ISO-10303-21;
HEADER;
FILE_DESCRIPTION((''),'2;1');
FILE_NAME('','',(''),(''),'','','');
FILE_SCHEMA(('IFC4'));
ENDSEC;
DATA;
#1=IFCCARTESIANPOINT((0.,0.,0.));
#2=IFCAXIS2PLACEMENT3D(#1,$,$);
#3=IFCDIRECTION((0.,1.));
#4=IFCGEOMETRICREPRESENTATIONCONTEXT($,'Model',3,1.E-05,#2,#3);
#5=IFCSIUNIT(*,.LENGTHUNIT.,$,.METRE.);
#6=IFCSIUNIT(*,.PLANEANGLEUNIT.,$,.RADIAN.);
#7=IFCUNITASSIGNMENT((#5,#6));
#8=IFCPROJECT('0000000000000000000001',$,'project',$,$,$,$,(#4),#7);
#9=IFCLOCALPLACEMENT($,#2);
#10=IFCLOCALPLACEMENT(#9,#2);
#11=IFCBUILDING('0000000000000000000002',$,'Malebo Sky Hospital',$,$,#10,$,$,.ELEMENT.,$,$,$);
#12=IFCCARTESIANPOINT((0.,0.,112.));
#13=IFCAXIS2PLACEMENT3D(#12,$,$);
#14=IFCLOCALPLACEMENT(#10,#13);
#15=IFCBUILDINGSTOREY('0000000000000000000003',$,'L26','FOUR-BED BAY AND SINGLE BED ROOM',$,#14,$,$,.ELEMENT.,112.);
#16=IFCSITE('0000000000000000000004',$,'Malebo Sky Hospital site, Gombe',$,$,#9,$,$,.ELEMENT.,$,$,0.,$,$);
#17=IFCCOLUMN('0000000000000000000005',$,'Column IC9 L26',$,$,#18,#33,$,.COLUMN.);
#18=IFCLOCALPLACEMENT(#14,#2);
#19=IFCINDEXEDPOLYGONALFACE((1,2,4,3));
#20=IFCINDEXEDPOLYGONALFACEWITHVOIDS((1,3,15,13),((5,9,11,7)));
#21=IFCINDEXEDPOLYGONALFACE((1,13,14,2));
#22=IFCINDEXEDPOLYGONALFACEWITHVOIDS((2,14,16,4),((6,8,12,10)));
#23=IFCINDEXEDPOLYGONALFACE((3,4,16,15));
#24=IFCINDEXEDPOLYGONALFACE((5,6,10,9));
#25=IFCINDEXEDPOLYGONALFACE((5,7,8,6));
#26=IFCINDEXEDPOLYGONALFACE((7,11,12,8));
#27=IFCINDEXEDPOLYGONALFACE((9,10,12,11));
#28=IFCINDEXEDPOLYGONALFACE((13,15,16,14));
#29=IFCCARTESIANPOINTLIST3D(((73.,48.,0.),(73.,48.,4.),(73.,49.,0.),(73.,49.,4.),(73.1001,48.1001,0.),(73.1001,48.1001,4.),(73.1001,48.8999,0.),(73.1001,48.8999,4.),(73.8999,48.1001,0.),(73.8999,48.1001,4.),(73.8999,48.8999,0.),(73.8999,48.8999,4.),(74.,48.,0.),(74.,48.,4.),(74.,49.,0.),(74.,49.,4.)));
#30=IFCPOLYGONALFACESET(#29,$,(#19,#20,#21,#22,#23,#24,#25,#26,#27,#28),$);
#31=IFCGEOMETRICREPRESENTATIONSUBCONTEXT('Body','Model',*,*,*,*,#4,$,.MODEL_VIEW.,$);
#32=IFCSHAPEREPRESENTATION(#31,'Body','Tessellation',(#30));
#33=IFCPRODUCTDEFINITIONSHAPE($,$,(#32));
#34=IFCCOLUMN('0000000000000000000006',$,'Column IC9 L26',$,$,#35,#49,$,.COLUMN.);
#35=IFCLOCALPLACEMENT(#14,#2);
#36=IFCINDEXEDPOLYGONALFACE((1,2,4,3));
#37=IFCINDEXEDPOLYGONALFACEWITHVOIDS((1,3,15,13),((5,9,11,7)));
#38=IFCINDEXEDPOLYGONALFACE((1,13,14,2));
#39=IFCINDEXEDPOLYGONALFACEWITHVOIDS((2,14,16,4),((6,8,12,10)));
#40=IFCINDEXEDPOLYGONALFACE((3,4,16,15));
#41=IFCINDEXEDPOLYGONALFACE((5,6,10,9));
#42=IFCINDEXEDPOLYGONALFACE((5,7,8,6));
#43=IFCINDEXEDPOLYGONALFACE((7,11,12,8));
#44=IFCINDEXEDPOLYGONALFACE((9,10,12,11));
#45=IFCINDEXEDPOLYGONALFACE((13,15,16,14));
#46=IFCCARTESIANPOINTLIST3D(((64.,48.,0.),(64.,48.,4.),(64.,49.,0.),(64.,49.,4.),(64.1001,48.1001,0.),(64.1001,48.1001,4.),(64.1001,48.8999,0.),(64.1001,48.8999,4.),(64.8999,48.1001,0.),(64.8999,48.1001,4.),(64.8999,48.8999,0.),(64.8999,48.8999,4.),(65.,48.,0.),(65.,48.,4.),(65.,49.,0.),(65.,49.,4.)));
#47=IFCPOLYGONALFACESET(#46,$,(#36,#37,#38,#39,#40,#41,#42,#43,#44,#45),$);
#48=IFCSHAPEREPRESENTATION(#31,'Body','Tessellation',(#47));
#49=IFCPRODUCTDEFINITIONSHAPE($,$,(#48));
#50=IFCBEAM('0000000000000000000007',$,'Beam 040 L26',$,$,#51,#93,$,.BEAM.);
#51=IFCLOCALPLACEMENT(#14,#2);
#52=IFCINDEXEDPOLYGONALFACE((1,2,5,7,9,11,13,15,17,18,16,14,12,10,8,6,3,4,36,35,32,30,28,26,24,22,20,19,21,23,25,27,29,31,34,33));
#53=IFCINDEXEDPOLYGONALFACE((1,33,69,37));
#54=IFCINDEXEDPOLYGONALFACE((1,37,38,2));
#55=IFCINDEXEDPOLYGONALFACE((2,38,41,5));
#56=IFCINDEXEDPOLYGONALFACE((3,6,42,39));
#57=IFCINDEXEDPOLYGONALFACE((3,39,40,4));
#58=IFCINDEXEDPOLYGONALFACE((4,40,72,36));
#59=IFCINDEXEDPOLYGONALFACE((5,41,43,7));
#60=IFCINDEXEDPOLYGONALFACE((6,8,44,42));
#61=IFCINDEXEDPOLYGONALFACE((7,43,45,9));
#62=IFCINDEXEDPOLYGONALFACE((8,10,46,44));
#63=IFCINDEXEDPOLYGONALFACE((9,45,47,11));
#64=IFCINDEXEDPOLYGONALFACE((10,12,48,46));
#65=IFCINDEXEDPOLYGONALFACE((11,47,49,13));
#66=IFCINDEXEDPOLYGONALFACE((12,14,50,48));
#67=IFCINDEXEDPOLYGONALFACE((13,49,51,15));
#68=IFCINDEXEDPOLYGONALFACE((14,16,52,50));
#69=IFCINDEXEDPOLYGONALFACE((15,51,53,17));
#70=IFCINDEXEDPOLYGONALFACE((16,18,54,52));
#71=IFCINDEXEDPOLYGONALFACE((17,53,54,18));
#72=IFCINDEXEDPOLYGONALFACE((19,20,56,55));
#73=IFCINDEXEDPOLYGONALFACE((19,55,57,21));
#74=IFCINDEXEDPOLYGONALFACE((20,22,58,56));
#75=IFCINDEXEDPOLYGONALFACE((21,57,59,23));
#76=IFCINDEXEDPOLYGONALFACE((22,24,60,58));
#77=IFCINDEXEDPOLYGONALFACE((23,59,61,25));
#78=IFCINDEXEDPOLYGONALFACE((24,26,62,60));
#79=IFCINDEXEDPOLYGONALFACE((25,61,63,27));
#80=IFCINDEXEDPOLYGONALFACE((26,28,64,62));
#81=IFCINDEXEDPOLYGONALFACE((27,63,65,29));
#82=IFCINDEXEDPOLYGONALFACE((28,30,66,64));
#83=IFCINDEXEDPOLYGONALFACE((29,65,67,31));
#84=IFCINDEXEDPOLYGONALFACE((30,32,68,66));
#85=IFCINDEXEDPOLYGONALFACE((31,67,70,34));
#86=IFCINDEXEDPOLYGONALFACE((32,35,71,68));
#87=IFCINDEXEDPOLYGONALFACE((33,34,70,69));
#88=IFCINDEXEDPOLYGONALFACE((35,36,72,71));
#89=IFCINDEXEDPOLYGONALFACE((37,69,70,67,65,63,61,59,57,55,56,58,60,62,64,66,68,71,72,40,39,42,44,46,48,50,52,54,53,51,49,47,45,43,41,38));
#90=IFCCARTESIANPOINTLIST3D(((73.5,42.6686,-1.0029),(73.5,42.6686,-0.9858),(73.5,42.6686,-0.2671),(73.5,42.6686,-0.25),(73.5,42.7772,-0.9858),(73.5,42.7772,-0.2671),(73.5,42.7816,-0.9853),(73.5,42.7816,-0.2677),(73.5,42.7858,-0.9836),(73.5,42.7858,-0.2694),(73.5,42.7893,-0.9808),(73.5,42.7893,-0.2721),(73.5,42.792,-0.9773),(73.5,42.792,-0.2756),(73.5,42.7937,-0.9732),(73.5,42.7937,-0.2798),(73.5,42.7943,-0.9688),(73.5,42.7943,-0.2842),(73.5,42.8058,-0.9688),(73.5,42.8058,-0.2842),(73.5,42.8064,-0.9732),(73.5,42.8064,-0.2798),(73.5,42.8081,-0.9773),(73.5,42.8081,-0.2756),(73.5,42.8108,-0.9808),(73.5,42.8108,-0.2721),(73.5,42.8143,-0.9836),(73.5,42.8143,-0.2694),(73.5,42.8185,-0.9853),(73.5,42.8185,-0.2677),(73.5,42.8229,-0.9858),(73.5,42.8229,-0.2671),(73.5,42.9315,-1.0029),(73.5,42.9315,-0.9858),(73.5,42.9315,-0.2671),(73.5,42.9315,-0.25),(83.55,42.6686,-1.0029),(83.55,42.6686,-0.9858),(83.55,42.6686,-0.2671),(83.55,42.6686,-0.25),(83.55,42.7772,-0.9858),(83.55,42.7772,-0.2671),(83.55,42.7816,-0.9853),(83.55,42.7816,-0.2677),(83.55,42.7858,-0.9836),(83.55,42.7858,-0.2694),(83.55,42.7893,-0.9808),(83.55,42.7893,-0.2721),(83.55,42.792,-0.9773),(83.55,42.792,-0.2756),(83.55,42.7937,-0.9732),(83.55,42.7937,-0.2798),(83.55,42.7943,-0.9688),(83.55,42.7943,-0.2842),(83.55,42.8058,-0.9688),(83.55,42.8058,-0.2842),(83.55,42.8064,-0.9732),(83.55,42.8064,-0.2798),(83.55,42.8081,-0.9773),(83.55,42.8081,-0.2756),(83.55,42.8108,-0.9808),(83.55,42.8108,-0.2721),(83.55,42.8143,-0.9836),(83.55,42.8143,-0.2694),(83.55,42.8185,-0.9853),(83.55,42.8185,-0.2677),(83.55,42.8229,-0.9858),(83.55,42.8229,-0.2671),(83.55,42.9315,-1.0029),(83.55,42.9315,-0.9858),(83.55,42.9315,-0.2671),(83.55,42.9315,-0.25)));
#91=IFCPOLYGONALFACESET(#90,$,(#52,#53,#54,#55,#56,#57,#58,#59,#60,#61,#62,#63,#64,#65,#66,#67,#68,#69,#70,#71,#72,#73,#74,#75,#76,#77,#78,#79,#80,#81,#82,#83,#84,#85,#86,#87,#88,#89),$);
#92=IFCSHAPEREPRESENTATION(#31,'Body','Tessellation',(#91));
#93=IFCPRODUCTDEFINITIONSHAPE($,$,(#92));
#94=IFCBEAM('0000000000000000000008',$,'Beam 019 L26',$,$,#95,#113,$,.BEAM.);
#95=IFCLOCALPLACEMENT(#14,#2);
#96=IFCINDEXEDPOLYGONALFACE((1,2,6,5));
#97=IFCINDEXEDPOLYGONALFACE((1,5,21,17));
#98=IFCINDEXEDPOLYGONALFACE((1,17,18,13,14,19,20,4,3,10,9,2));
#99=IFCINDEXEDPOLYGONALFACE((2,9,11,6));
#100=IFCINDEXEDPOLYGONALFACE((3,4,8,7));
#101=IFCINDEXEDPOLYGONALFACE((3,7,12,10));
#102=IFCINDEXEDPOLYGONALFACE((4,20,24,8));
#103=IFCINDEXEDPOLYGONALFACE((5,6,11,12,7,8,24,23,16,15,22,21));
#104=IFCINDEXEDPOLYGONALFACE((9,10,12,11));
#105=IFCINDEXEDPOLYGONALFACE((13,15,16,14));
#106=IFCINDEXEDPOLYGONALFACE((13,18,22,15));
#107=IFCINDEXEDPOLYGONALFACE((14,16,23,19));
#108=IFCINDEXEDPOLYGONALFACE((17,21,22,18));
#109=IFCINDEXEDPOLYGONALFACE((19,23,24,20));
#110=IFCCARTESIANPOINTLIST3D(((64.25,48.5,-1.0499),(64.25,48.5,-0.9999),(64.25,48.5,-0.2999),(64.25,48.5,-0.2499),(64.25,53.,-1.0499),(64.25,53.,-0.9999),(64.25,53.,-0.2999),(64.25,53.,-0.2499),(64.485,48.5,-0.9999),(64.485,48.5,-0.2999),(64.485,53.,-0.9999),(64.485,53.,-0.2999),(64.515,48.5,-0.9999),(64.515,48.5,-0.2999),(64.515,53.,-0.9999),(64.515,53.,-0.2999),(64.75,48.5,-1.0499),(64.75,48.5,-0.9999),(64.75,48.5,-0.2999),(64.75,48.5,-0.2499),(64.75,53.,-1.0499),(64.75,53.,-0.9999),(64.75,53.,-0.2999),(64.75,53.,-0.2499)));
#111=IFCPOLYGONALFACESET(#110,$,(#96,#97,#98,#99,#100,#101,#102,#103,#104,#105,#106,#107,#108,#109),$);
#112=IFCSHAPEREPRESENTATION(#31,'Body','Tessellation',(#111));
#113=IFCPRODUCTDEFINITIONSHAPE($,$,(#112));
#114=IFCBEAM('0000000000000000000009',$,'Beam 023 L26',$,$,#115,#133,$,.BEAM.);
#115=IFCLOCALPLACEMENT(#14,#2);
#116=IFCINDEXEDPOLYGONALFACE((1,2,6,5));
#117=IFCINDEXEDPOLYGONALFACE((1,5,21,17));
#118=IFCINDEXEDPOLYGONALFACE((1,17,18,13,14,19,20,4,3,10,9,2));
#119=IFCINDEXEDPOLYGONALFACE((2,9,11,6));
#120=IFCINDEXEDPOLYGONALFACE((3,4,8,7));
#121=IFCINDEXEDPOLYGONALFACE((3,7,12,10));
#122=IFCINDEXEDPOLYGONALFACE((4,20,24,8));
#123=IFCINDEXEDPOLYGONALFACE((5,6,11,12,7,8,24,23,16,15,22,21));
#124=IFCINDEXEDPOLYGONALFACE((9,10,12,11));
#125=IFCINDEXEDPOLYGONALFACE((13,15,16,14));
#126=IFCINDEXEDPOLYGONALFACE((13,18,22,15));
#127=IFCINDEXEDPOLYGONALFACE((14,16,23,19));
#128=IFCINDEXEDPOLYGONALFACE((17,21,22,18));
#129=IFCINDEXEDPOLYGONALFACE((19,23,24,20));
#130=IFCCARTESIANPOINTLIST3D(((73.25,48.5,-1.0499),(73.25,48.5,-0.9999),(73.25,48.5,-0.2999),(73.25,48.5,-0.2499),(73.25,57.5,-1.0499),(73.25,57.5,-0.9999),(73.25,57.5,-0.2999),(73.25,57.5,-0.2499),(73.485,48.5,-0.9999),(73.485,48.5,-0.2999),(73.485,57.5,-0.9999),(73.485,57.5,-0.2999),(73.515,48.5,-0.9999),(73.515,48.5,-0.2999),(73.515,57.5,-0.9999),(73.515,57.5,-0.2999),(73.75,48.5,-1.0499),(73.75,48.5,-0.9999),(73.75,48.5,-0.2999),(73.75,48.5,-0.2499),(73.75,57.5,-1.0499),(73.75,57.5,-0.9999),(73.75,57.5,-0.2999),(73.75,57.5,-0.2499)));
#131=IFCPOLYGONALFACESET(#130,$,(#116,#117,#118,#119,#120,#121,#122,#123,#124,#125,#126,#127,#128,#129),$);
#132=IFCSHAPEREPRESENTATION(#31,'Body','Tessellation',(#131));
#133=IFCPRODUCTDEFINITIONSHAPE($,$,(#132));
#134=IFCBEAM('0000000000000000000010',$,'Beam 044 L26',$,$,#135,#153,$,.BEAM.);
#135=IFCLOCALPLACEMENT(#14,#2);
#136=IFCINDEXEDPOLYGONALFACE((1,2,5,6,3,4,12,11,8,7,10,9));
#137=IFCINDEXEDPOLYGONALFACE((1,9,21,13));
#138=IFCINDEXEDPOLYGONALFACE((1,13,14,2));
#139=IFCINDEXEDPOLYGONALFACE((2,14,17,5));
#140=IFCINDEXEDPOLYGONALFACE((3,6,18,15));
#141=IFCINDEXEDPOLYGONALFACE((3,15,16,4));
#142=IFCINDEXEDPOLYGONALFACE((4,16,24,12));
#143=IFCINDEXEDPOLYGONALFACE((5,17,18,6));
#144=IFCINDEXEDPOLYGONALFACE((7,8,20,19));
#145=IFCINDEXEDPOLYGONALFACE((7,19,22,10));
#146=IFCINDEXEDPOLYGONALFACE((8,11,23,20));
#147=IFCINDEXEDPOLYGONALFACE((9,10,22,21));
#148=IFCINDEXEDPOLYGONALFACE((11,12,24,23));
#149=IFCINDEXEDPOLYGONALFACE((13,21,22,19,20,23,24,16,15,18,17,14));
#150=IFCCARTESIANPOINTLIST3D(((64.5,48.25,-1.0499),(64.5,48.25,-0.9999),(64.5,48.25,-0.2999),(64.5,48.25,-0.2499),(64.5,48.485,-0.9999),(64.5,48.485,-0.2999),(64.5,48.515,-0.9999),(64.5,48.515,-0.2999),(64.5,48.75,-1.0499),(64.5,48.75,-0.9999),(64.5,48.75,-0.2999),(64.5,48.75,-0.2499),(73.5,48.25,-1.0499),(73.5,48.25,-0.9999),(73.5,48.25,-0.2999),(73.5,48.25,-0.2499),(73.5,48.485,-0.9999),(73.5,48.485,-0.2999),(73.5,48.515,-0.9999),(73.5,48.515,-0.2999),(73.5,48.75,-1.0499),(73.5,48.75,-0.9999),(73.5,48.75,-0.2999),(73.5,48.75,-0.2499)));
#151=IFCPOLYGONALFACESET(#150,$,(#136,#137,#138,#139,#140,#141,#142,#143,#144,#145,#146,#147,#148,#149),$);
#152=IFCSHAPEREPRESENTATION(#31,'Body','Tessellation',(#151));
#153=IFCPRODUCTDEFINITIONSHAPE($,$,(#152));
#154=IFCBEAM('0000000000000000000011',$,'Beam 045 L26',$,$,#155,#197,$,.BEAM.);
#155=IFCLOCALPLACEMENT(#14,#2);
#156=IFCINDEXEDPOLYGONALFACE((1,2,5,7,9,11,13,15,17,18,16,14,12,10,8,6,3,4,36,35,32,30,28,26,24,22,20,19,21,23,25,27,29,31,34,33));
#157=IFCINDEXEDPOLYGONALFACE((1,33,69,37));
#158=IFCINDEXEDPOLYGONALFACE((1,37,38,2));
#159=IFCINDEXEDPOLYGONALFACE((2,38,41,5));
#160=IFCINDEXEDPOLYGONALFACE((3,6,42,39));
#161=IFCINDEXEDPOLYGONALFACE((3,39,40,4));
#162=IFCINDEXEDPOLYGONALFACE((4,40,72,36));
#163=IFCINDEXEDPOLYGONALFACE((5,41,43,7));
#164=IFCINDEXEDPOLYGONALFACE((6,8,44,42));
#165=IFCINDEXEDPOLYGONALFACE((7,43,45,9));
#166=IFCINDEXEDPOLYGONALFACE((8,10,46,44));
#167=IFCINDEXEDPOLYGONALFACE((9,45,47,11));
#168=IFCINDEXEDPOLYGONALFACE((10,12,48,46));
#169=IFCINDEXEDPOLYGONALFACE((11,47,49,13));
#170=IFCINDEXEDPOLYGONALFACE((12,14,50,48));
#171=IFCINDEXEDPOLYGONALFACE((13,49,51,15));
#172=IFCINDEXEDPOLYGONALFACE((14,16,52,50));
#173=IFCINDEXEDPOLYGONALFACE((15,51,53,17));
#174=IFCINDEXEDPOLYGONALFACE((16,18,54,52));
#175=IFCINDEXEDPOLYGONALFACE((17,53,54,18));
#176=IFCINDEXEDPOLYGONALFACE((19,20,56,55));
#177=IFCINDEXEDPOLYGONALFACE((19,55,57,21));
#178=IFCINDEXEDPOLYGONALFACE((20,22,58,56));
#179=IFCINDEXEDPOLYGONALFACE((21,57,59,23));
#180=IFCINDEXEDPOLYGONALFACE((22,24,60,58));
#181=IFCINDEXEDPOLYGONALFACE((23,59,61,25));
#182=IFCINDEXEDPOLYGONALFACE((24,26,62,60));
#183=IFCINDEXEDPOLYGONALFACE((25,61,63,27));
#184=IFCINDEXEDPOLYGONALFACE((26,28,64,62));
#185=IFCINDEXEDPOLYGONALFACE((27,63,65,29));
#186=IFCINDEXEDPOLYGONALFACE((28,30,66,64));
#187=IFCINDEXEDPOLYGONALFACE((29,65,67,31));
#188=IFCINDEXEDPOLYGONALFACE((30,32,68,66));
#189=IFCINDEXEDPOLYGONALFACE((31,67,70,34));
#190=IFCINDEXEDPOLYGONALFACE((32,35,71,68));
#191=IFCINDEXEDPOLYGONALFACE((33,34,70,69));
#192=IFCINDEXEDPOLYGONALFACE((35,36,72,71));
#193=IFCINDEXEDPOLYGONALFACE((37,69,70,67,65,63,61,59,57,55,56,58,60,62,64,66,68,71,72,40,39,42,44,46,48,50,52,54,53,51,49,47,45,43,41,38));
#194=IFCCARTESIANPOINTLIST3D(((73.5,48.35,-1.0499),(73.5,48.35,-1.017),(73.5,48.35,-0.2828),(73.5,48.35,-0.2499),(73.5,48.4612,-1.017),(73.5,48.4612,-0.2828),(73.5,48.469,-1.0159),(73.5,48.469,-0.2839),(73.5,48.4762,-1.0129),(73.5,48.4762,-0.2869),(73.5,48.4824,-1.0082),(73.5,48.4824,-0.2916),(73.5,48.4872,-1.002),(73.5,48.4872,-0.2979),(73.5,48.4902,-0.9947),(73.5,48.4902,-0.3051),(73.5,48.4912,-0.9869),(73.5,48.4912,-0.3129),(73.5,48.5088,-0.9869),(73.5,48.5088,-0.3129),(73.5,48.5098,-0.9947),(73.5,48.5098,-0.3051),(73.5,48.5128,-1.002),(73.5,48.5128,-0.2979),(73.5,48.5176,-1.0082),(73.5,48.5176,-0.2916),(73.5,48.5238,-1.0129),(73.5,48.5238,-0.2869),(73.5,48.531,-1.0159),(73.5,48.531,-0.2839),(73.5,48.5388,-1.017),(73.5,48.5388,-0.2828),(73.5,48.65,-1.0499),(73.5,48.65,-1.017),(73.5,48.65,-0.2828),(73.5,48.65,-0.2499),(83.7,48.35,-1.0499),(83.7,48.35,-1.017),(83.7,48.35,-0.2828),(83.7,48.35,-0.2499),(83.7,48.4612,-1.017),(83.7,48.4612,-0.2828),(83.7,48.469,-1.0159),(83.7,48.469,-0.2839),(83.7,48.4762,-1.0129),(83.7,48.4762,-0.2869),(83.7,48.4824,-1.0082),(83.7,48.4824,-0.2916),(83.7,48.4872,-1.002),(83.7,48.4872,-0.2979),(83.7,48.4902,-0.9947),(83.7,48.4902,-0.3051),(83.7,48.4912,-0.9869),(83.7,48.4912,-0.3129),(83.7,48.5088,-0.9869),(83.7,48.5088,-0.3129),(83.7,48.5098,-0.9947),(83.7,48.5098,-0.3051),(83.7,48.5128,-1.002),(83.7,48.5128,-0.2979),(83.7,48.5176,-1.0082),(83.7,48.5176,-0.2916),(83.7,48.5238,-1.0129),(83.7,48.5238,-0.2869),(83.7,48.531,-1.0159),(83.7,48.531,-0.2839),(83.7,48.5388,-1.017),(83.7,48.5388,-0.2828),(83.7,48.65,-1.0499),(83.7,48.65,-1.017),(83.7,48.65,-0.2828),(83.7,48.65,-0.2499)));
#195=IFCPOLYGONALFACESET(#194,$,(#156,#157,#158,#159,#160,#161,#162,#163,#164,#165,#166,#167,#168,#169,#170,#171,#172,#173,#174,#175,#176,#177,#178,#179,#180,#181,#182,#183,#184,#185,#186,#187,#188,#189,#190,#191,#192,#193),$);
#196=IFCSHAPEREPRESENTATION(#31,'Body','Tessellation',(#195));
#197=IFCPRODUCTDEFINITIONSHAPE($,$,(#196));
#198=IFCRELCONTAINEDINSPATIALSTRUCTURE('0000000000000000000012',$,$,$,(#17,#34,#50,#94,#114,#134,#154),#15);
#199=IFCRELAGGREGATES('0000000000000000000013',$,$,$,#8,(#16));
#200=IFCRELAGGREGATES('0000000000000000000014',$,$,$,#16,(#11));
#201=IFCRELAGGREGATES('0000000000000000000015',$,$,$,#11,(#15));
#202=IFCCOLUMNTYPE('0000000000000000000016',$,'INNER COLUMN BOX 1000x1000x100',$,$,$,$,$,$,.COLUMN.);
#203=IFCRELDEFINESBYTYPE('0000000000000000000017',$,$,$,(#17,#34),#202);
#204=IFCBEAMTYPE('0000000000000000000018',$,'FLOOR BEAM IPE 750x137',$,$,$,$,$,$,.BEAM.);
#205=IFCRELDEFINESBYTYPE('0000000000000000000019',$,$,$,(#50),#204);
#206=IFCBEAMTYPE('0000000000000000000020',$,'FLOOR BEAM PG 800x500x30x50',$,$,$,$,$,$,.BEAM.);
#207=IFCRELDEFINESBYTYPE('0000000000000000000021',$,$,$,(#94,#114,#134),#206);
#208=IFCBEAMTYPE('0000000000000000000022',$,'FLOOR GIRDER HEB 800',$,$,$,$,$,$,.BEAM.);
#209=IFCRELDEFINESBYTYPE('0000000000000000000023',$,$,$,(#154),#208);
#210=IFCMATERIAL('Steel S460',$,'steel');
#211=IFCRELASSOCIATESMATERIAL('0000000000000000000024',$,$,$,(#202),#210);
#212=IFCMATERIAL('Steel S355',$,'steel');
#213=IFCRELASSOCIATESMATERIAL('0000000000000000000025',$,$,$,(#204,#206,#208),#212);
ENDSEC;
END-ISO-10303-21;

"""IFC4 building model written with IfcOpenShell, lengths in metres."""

from ifc_helpers import new_model, si_unit, direction, frame, origin, origin_2d, place, context, subcontext, project, spatial, hollow_rectangle, i_section, extrude, material, material_profile, profile_set, type_object, element, save


model = new_model("IFC4")

# Units and contexts
model_context = context("Model", 3, precision=1e-05, world=origin(), true_north=direction((0.0, 1.0)))
body_context = subcontext(model_context, "Body", "Model", "MODEL_VIEW")
ifc_project = project(units=[si_unit("LENGTHUNIT", "METRE"), si_unit("PLANEANGLEUNIT", "RADIAN")], contexts=[model_context])

# Site, building, storey
site_placement = place(None, origin())
site = spatial("IfcSite", under=ifc_project, at=site_placement, Name="Malebo Sky Hospital site, Gombe", CompositionType="ELEMENT", RefElevation=0.0)
building_placement = place(site_placement, origin())
building = spatial("IfcBuilding", under=site, at=building_placement, Name="Malebo Sky Hospital", CompositionType="ELEMENT")
storey_placement = place(building_placement, frame((0.0, 0.0, 112.0)))
storey = spatial("IfcBuildingStorey", under=building, at=storey_placement, Name="L26", Description="FOUR-BED BAY AND SINGLE BED ROOM", CompositionType="ELEMENT", Elevation=112.0)

# Columns
ifc_material_1 = material(Name="Steel S460", Category="steel")
ifc_material_profile_1 = material_profile(ifc_material_1, hollow_rectangle(XDim=1.0, YDim=1.0, WallThickness=0.1001, at=origin_2d()), Name="BOX 1000x1000x100")
ifc_profile_set_1 = profile_set([ifc_material_profile_1], Name="Steel S460")
column_type = type_object("IfcColumnType", Name="INNER COLUMN BOX 1000x1000x100", PredefinedType="COLUMN", material=ifc_profile_set_1)
for number, where, z_axis, x_axis, name in (
    (1, (73.5, 48.5, 0.0), (0.0, 0.0, 1.0), (1.0, 0.0, 0.0), "Column IC9 L26"),
    (2, (64.5, 48.5, 0.0), (0.0, 0.0, 1.0), (1.0, 0.0, 0.0), "Column IC9 L26"),
):
    element("IfcColumn", number, at=place(storey_placement, frame(where, z_axis=z_axis, x_axis=x_axis)), inside=storey, type_object=column_type, Name=name, PredefinedType="COLUMN", context=body_context, shape_type="SweptSolid", body=[
        extrude(hollow_rectangle(XDim=1.0, YDim=1.0, WallThickness=0.1001, at=origin_2d()), origin(), (0.0, 0.0, 1.0), 4.0),
    ])

# Beams
ifc_material_2 = material(Name="Steel S355", Category="steel")
ifc_material_profile_2 = material_profile(ifc_material_2, i_section(OverallWidth=0.2629, OverallDepth=0.7529, WebThickness=0.0115, FlangeThickness=0.0171, FilletRadius=0.0171, at=origin_2d()), Name="IPE 750x137")
ifc_profile_set_2 = profile_set([ifc_material_profile_2], Name="Steel S355")
beam_type_1 = type_object("IfcBeamType", Name="FLOOR BEAM IPE 750x137", PredefinedType="BEAM", material=ifc_profile_set_2)
beam_1_placement = place(storey_placement, frame((73.5, 42.8, -0.6265), z_axis=(1.0, 0.0, 0.0), x_axis=(0.0, 1.0, 0.0)))
element("IfcBeam", 3, at=beam_1_placement, inside=storey, type_object=beam_type_1, Name="Beam 040 L26", PredefinedType="BEAM", context=body_context, shape_type="SweptSolid", body=[
    extrude(i_section(OverallWidth=0.2629, OverallDepth=0.7529, WebThickness=0.0115, FlangeThickness=0.0171, FilletRadius=0.0171, at=origin_2d()), origin(), (0.0, 0.0, 1.0), 10.05),
])
ifc_material_profile_3 = material_profile(ifc_material_2, i_section(OverallWidth=0.5, OverallDepth=0.8, WebThickness=0.03, FlangeThickness=0.05, at=origin_2d()), Name="PG 800x500x30x50")
ifc_profile_set_3 = profile_set([ifc_material_profile_3], Name="Steel S355")
beam_type_2 = type_object("IfcBeamType", Name="FLOOR BEAM PG 800x500x30x50", PredefinedType="BEAM", material=ifc_profile_set_3)
beam_2_placement = place(storey_placement, frame((64.5, 48.5, -0.6499), z_axis=(0.0, 1.0, 0.0), x_axis=(-1.0, 0.0, 0.0)))
element("IfcBeam", 4, at=beam_2_placement, inside=storey, type_object=beam_type_2, Name="Beam 019 L26", PredefinedType="BEAM", context=body_context, shape_type="SweptSolid", body=[
    extrude(i_section(OverallWidth=0.5, OverallDepth=0.8, WebThickness=0.03, FlangeThickness=0.05, at=origin_2d()), origin(), (0.0, 0.0, 1.0), 4.5),
])
for number, where, z_axis, x_axis, name in (
    (5, (73.5, 48.5, -0.6499), (0.0, 1.0, 0.0), (-1.0, 0.0, 0.0), "Beam 023 L26"),
    (6, (64.5, 48.5, -0.6499), (1.0, 0.0, 0.0), (0.0, 1.0, 0.0), "Beam 044 L26"),
):
    element("IfcBeam", number, at=place(storey_placement, frame(where, z_axis=z_axis, x_axis=x_axis)), inside=storey, type_object=beam_type_2, Name=name, PredefinedType="BEAM", context=body_context, shape_type="SweptSolid", body=[
        extrude(i_section(OverallWidth=0.5, OverallDepth=0.8, WebThickness=0.03, FlangeThickness=0.05, at=origin_2d()), origin(), (0.0, 0.0, 1.0), 9.0),
    ])
ifc_material_profile_4 = material_profile(ifc_material_2, i_section(OverallWidth=0.3, OverallDepth=0.8, WebThickness=0.0176, FlangeThickness=0.033, FilletRadius=0.03, at=origin_2d()), Name="HEB 800")
ifc_profile_set_4 = profile_set([ifc_material_profile_4], Name="Steel S355")
beam_type_3 = type_object("IfcBeamType", Name="FLOOR GIRDER HEB 800", PredefinedType="BEAM", material=ifc_profile_set_4)
beam_3_placement = place(storey_placement, frame((73.5, 48.5, -0.6499), z_axis=(1.0, 0.0, 0.0), x_axis=(0.0, 1.0, 0.0)))
element("IfcBeam", 7, at=beam_3_placement, inside=storey, type_object=beam_type_3, Name="Beam 045 L26", PredefinedType="BEAM", context=body_context, shape_type="SweptSolid", body=[
    extrude(i_section(OverallWidth=0.3, OverallDepth=0.8, WebThickness=0.0176, FlangeThickness=0.033, FilletRadius=0.03, at=origin_2d()), origin(), (0.0, 0.0, 1.0), 10.2),
])

save(model, "model.ifc")
